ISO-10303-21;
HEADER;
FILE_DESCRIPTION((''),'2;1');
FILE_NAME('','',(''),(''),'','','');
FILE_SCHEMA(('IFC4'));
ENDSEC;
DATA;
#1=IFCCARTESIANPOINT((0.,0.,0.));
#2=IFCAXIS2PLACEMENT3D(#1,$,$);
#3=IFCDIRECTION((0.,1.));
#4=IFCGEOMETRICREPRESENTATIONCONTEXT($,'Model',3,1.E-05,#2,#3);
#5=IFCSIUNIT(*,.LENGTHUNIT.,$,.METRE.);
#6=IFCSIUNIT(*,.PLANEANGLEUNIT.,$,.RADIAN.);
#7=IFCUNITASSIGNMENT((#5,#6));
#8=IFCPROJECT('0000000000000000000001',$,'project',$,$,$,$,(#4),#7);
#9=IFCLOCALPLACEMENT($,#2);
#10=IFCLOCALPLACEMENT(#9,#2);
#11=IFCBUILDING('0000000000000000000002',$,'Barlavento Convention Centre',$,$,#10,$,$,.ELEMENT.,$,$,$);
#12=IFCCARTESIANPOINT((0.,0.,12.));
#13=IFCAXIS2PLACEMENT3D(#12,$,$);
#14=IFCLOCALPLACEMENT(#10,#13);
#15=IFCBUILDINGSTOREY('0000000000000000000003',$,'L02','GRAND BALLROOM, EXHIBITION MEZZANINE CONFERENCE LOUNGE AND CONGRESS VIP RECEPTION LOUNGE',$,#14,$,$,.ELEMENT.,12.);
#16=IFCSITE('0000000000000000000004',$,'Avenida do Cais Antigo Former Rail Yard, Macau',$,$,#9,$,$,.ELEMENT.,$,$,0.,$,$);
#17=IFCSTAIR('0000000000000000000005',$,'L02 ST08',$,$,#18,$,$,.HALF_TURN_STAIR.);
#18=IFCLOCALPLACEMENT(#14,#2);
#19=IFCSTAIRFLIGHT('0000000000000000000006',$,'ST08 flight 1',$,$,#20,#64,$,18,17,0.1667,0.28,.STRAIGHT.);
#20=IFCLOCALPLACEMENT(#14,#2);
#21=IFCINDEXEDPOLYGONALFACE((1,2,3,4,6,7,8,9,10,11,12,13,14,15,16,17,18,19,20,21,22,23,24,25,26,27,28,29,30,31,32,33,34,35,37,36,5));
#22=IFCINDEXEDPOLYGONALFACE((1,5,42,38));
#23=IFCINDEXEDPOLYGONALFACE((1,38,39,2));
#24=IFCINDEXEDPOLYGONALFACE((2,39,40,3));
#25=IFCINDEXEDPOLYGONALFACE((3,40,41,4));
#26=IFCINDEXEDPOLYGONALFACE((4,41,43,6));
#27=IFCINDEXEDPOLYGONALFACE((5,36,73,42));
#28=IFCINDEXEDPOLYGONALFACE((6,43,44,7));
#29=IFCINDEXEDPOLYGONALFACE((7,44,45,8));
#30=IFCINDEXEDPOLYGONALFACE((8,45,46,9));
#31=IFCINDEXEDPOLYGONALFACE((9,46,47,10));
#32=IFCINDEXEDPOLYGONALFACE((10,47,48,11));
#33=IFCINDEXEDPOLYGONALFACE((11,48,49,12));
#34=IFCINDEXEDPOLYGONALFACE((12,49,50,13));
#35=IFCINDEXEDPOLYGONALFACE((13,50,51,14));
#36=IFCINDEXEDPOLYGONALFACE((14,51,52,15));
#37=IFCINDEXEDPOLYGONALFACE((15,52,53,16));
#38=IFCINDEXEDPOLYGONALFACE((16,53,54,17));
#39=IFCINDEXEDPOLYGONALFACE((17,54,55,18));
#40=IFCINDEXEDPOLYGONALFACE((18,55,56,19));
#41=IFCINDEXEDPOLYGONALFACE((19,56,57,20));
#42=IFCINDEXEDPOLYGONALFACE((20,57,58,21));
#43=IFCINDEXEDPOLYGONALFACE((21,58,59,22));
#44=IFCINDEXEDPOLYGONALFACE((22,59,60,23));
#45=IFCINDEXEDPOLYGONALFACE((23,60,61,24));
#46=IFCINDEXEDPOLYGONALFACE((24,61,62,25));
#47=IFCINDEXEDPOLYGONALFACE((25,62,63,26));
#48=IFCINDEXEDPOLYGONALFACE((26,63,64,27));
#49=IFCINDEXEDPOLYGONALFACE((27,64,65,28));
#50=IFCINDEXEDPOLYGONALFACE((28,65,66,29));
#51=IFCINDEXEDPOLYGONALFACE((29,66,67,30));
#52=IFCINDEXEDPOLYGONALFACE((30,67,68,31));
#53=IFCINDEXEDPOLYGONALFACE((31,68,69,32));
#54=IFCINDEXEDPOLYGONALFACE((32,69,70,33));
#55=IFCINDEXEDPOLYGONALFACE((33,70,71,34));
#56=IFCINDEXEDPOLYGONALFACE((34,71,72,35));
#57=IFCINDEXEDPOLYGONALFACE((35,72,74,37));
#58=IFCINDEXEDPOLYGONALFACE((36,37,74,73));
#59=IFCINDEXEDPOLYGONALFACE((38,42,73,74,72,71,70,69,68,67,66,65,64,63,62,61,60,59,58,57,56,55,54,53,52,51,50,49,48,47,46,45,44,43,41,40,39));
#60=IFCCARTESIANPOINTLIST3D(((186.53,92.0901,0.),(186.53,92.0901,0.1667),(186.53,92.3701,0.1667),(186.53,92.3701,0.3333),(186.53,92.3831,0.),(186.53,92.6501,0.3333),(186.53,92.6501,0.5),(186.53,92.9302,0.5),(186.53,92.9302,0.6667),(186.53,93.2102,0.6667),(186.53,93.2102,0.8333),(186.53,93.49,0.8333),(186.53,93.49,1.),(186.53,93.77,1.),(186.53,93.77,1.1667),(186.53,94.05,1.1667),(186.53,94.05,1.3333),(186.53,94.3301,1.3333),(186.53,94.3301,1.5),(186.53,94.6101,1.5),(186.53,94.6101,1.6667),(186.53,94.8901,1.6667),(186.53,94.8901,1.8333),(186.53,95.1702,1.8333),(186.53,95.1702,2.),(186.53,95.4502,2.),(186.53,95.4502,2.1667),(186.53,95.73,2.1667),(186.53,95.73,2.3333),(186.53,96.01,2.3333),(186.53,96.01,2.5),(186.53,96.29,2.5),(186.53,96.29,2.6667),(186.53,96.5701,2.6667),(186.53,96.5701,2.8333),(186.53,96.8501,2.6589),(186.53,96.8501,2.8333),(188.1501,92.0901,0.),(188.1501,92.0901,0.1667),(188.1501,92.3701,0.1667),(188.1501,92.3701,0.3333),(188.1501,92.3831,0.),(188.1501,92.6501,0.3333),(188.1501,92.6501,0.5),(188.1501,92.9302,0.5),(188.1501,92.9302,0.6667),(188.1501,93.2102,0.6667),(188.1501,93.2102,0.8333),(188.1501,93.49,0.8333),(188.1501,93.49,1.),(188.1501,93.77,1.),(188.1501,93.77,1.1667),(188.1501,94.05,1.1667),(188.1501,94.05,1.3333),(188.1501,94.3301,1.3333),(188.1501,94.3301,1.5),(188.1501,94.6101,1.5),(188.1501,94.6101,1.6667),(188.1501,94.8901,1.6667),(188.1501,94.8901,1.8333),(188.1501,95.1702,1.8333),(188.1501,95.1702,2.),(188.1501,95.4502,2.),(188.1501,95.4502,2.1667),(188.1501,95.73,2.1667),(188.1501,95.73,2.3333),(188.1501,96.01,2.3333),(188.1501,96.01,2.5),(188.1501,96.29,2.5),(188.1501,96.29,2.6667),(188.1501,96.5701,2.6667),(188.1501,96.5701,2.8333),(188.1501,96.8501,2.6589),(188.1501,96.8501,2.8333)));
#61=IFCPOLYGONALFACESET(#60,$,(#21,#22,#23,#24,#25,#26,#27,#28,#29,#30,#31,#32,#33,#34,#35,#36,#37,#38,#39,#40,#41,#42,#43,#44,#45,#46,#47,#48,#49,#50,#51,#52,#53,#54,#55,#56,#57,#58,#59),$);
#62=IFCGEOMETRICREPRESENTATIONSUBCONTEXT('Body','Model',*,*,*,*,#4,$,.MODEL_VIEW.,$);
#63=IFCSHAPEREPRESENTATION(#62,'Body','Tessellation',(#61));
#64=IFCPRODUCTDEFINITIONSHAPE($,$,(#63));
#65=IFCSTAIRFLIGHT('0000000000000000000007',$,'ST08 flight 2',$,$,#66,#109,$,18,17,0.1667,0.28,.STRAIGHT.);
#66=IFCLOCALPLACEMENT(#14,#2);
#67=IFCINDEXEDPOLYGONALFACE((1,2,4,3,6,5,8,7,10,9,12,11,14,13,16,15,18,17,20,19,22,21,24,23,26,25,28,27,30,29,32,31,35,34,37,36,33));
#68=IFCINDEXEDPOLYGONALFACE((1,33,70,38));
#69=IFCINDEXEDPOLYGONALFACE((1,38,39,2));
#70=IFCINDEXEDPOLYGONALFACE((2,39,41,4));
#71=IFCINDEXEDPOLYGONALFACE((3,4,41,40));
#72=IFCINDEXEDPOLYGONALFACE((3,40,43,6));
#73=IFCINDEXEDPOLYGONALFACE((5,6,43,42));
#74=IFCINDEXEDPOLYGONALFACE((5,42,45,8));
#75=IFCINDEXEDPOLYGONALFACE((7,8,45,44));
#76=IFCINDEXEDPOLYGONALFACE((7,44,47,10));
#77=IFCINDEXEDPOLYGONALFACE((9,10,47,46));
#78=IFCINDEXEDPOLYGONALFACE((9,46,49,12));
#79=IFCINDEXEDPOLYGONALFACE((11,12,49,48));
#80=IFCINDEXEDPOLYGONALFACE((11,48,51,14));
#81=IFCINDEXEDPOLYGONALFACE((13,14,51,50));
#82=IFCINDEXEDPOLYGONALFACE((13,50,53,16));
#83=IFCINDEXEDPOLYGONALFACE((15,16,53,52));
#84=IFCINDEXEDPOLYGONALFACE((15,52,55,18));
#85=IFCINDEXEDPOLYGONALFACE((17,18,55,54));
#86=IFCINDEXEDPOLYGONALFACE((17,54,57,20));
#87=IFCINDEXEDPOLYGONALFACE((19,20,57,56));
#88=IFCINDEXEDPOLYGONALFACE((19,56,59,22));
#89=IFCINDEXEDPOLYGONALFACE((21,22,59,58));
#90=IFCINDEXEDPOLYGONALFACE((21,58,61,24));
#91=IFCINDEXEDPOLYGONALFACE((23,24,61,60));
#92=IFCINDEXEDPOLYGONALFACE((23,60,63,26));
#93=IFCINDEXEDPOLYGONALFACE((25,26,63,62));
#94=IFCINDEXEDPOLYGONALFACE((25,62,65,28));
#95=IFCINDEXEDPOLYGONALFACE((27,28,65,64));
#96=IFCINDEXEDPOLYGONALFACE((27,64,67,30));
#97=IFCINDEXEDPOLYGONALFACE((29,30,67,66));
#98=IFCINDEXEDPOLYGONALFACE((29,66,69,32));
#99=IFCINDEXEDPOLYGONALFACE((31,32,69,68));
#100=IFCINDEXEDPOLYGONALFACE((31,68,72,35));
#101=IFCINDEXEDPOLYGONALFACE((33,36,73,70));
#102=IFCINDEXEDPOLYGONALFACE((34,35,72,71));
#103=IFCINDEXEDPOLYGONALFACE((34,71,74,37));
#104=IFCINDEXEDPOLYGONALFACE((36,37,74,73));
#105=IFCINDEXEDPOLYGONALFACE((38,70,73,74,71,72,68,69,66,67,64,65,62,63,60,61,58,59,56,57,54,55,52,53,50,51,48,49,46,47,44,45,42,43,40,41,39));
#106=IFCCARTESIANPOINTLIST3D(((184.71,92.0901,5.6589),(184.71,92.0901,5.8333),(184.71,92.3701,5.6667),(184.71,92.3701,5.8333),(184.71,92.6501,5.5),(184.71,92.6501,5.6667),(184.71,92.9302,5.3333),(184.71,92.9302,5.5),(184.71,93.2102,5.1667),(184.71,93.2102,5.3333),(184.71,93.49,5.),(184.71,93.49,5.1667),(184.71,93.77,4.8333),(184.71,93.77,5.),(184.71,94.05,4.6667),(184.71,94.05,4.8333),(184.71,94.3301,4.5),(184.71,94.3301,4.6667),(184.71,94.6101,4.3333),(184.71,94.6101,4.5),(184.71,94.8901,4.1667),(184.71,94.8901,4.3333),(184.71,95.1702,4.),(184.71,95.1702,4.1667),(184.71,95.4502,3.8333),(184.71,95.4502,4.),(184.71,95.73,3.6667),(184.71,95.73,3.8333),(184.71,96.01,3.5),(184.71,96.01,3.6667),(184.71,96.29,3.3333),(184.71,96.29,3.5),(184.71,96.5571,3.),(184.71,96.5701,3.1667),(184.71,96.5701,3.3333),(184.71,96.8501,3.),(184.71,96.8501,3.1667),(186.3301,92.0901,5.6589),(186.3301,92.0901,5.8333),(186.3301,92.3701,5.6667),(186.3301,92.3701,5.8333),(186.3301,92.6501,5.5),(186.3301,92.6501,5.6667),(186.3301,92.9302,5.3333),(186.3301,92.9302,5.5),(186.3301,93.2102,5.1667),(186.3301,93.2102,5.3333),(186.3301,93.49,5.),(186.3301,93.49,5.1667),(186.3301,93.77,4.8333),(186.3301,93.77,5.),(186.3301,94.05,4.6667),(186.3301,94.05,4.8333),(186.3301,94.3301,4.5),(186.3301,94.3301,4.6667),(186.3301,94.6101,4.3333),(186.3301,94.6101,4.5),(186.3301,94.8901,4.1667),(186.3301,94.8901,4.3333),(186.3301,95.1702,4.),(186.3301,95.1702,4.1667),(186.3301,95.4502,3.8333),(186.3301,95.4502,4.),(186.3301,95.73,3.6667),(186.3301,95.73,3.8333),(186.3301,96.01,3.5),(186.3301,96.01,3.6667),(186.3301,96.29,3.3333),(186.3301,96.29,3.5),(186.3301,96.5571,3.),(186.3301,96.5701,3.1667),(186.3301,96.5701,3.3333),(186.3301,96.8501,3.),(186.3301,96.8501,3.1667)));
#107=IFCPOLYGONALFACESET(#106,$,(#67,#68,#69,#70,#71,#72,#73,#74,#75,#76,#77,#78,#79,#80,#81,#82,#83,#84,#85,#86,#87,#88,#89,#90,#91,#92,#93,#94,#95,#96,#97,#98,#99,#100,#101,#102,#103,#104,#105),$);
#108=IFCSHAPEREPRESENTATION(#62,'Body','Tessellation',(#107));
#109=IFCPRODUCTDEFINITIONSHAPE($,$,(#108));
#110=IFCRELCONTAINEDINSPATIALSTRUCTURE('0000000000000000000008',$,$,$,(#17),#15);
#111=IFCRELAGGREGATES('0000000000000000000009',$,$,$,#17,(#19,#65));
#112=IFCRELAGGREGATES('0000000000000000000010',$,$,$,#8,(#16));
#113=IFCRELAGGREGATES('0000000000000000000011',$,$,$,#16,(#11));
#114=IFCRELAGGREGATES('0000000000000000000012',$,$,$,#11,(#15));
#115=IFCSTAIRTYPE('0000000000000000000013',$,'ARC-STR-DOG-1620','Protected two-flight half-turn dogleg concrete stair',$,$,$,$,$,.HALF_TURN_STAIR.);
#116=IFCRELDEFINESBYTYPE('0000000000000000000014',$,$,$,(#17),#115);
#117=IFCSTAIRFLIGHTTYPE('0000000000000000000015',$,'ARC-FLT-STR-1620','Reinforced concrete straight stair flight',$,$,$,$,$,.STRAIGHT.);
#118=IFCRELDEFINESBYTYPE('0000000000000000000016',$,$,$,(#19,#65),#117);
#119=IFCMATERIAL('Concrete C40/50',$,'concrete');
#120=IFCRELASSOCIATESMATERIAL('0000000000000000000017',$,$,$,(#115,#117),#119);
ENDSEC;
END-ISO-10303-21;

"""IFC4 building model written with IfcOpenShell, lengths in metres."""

from ifc_helpers import new_model, si_unit, direction, frame, origin, place, context, subcontext, project, spatial, polyline, outline, extrude, material, type_object, element, aggregate, save


model = new_model("IFC4")

# Units and contexts
model_context = context("Model", 3, precision=1e-05, world=origin(), true_north=direction((0.0, 1.0)))
body_context = subcontext(model_context, "Body", "Model", "MODEL_VIEW")
ifc_project = project(units=[si_unit("LENGTHUNIT", "METRE"), si_unit("PLANEANGLEUNIT", "RADIAN")], contexts=[model_context])

# Site, building, storey
site_placement = place(None, origin())
site = spatial("IfcSite", under=ifc_project, at=site_placement, Name="Avenida do Cais Antigo Former Rail Yard, Macau", CompositionType="ELEMENT", RefElevation=0.0)
building_placement = place(site_placement, origin())
building = spatial("IfcBuilding", under=site, at=building_placement, Name="Barlavento Convention Centre", CompositionType="ELEMENT")
storey_placement = place(building_placement, frame((0.0, 0.0, 12.0)))
storey = spatial("IfcBuildingStorey", under=building, at=storey_placement, Name="L02", Description="GRAND BALLROOM, EXHIBITION MEZZANINE CONFERENCE LOUNGE AND CONGRESS VIP RECEPTION LOUNGE", CompositionType="ELEMENT", Elevation=12.0)

# Stair, stair flights
ifc_material_1 = material(Name="Concrete C40/50", Category="concrete")
stair_type = type_object("IfcStairType", Name="ARC-STR-DOG-1620", Description="Protected two-flight half-turn dogleg concrete stair", PredefinedType="HALF_TURN_STAIR", material=ifc_material_1)
stair_placement = place(storey_placement, origin())
stair = element("IfcStair", 1, at=stair_placement, inside=storey, type_object=stair_type, Name="L02 ST08", PredefinedType="HALF_TURN_STAIR")
stair_flight_type = type_object("IfcStairFlightType", Name="ARC-FLT-STR-1620", Description="Reinforced concrete straight stair flight", PredefinedType="STRAIGHT", material=ifc_material_1)
stair_flight_1_placement = place(storey_placement, frame((187.3401, 92.0901, 0.0), z_axis=(0.0, 0.0, 1.0), x_axis=(0.0, 1.0, 0.0)))
stair_flight_1 = element("IfcStairFlight", 2, at=stair_flight_1_placement, type_object=stair_flight_type, Name="ST08 flight 1", NumberOfRisers=18, NumberOfTreads=17, PredefinedType="STRAIGHT", RiserHeight=0.1667, TreadLength=0.28, context=body_context, shape_type="SweptSolid", body=[
    extrude(outline(polyline([(0.0, 0.0), (0.0, 0.1667), (0.28, 0.1667), (0.28, 0.3333), (0.5601, 0.3333), (0.5601, 0.5), (0.8401, 0.5), (0.8401, 0.6667), (1.1201, 0.6667), (1.1201, 0.8333), (1.3999, 0.8333), (1.3999, 1.0), (1.6799, 1.0), (1.6799, 1.1667), (1.96, 1.1667), (1.96, 1.3333), (2.24, 1.3333), (2.24, 1.5), (2.52, 1.5), (2.52, 1.6667), (2.8, 1.6667), (2.8, 1.8333), (3.0801, 1.8333), (3.0801, 2.0), (3.3601, 2.0), (3.3601, 2.1667), (3.6399, 2.1667), (3.6399, 2.3333), (3.9199, 2.3333), (3.9199, 2.5), (4.2, 2.5), (4.2, 2.6667), (4.48, 2.6667), (4.48, 2.8333), (4.76, 2.8333), (4.76, 3.0), (4.76, 2.6589), (0.293, 0.0), (0.0, 0.0)])), frame((0.0, 0.8101, 0.0), z_axis=(0.0, -1.0, 0.0), x_axis=(1.0, 0.0, 0.0)), (0.0, 0.0, 1.0), 1.6201),
])
stair_flight_2_placement = place(storey_placement, frame((185.52, 96.8501, 3.0), z_axis=(0.0, 0.0, 1.0), x_axis=(0.0, -1.0, 0.0)))
stair_flight_2 = element("IfcStairFlight", 3, at=stair_flight_2_placement, type_object=stair_flight_type, Name="ST08 flight 2", NumberOfRisers=18, NumberOfTreads=17, PredefinedType="STRAIGHT", RiserHeight=0.1667, TreadLength=0.28, context=body_context, shape_type="SweptSolid", body=[
    extrude(outline(polyline([(0.0, 0.0), (0.0, 0.1667), (0.28, 0.1667), (0.28, 0.3333), (0.5601, 0.3333), (0.5601, 0.5), (0.8401, 0.5), (0.8401, 0.6667), (1.1201, 0.6667), (1.1201, 0.8333), (1.3999, 0.8333), (1.3999, 1.0), (1.6799, 1.0), (1.6799, 1.1667), (1.96, 1.1667), (1.96, 1.3333), (2.24, 1.3333), (2.24, 1.5), (2.52, 1.5), (2.52, 1.6667), (2.8, 1.6667), (2.8, 1.8333), (3.0801, 1.8333), (3.0801, 2.0), (3.3601, 2.0), (3.3601, 2.1667), (3.6399, 2.1667), (3.6399, 2.3333), (3.9199, 2.3333), (3.9199, 2.5), (4.2, 2.5), (4.2, 2.6667), (4.48, 2.6667), (4.48, 2.8333), (4.76, 2.8333), (4.76, 3.0), (4.76, 2.6589), (0.293, 0.0), (0.0, 0.0)])), frame((0.0, 0.8101, 0.0), z_axis=(0.0, -1.0, 0.0), x_axis=(1.0, 0.0, 0.0)), (0.0, 0.0, 1.0), 1.6201),
])
aggregate(stair, [stair_flight_1, stair_flight_2])

save(model, "model.ifc")
